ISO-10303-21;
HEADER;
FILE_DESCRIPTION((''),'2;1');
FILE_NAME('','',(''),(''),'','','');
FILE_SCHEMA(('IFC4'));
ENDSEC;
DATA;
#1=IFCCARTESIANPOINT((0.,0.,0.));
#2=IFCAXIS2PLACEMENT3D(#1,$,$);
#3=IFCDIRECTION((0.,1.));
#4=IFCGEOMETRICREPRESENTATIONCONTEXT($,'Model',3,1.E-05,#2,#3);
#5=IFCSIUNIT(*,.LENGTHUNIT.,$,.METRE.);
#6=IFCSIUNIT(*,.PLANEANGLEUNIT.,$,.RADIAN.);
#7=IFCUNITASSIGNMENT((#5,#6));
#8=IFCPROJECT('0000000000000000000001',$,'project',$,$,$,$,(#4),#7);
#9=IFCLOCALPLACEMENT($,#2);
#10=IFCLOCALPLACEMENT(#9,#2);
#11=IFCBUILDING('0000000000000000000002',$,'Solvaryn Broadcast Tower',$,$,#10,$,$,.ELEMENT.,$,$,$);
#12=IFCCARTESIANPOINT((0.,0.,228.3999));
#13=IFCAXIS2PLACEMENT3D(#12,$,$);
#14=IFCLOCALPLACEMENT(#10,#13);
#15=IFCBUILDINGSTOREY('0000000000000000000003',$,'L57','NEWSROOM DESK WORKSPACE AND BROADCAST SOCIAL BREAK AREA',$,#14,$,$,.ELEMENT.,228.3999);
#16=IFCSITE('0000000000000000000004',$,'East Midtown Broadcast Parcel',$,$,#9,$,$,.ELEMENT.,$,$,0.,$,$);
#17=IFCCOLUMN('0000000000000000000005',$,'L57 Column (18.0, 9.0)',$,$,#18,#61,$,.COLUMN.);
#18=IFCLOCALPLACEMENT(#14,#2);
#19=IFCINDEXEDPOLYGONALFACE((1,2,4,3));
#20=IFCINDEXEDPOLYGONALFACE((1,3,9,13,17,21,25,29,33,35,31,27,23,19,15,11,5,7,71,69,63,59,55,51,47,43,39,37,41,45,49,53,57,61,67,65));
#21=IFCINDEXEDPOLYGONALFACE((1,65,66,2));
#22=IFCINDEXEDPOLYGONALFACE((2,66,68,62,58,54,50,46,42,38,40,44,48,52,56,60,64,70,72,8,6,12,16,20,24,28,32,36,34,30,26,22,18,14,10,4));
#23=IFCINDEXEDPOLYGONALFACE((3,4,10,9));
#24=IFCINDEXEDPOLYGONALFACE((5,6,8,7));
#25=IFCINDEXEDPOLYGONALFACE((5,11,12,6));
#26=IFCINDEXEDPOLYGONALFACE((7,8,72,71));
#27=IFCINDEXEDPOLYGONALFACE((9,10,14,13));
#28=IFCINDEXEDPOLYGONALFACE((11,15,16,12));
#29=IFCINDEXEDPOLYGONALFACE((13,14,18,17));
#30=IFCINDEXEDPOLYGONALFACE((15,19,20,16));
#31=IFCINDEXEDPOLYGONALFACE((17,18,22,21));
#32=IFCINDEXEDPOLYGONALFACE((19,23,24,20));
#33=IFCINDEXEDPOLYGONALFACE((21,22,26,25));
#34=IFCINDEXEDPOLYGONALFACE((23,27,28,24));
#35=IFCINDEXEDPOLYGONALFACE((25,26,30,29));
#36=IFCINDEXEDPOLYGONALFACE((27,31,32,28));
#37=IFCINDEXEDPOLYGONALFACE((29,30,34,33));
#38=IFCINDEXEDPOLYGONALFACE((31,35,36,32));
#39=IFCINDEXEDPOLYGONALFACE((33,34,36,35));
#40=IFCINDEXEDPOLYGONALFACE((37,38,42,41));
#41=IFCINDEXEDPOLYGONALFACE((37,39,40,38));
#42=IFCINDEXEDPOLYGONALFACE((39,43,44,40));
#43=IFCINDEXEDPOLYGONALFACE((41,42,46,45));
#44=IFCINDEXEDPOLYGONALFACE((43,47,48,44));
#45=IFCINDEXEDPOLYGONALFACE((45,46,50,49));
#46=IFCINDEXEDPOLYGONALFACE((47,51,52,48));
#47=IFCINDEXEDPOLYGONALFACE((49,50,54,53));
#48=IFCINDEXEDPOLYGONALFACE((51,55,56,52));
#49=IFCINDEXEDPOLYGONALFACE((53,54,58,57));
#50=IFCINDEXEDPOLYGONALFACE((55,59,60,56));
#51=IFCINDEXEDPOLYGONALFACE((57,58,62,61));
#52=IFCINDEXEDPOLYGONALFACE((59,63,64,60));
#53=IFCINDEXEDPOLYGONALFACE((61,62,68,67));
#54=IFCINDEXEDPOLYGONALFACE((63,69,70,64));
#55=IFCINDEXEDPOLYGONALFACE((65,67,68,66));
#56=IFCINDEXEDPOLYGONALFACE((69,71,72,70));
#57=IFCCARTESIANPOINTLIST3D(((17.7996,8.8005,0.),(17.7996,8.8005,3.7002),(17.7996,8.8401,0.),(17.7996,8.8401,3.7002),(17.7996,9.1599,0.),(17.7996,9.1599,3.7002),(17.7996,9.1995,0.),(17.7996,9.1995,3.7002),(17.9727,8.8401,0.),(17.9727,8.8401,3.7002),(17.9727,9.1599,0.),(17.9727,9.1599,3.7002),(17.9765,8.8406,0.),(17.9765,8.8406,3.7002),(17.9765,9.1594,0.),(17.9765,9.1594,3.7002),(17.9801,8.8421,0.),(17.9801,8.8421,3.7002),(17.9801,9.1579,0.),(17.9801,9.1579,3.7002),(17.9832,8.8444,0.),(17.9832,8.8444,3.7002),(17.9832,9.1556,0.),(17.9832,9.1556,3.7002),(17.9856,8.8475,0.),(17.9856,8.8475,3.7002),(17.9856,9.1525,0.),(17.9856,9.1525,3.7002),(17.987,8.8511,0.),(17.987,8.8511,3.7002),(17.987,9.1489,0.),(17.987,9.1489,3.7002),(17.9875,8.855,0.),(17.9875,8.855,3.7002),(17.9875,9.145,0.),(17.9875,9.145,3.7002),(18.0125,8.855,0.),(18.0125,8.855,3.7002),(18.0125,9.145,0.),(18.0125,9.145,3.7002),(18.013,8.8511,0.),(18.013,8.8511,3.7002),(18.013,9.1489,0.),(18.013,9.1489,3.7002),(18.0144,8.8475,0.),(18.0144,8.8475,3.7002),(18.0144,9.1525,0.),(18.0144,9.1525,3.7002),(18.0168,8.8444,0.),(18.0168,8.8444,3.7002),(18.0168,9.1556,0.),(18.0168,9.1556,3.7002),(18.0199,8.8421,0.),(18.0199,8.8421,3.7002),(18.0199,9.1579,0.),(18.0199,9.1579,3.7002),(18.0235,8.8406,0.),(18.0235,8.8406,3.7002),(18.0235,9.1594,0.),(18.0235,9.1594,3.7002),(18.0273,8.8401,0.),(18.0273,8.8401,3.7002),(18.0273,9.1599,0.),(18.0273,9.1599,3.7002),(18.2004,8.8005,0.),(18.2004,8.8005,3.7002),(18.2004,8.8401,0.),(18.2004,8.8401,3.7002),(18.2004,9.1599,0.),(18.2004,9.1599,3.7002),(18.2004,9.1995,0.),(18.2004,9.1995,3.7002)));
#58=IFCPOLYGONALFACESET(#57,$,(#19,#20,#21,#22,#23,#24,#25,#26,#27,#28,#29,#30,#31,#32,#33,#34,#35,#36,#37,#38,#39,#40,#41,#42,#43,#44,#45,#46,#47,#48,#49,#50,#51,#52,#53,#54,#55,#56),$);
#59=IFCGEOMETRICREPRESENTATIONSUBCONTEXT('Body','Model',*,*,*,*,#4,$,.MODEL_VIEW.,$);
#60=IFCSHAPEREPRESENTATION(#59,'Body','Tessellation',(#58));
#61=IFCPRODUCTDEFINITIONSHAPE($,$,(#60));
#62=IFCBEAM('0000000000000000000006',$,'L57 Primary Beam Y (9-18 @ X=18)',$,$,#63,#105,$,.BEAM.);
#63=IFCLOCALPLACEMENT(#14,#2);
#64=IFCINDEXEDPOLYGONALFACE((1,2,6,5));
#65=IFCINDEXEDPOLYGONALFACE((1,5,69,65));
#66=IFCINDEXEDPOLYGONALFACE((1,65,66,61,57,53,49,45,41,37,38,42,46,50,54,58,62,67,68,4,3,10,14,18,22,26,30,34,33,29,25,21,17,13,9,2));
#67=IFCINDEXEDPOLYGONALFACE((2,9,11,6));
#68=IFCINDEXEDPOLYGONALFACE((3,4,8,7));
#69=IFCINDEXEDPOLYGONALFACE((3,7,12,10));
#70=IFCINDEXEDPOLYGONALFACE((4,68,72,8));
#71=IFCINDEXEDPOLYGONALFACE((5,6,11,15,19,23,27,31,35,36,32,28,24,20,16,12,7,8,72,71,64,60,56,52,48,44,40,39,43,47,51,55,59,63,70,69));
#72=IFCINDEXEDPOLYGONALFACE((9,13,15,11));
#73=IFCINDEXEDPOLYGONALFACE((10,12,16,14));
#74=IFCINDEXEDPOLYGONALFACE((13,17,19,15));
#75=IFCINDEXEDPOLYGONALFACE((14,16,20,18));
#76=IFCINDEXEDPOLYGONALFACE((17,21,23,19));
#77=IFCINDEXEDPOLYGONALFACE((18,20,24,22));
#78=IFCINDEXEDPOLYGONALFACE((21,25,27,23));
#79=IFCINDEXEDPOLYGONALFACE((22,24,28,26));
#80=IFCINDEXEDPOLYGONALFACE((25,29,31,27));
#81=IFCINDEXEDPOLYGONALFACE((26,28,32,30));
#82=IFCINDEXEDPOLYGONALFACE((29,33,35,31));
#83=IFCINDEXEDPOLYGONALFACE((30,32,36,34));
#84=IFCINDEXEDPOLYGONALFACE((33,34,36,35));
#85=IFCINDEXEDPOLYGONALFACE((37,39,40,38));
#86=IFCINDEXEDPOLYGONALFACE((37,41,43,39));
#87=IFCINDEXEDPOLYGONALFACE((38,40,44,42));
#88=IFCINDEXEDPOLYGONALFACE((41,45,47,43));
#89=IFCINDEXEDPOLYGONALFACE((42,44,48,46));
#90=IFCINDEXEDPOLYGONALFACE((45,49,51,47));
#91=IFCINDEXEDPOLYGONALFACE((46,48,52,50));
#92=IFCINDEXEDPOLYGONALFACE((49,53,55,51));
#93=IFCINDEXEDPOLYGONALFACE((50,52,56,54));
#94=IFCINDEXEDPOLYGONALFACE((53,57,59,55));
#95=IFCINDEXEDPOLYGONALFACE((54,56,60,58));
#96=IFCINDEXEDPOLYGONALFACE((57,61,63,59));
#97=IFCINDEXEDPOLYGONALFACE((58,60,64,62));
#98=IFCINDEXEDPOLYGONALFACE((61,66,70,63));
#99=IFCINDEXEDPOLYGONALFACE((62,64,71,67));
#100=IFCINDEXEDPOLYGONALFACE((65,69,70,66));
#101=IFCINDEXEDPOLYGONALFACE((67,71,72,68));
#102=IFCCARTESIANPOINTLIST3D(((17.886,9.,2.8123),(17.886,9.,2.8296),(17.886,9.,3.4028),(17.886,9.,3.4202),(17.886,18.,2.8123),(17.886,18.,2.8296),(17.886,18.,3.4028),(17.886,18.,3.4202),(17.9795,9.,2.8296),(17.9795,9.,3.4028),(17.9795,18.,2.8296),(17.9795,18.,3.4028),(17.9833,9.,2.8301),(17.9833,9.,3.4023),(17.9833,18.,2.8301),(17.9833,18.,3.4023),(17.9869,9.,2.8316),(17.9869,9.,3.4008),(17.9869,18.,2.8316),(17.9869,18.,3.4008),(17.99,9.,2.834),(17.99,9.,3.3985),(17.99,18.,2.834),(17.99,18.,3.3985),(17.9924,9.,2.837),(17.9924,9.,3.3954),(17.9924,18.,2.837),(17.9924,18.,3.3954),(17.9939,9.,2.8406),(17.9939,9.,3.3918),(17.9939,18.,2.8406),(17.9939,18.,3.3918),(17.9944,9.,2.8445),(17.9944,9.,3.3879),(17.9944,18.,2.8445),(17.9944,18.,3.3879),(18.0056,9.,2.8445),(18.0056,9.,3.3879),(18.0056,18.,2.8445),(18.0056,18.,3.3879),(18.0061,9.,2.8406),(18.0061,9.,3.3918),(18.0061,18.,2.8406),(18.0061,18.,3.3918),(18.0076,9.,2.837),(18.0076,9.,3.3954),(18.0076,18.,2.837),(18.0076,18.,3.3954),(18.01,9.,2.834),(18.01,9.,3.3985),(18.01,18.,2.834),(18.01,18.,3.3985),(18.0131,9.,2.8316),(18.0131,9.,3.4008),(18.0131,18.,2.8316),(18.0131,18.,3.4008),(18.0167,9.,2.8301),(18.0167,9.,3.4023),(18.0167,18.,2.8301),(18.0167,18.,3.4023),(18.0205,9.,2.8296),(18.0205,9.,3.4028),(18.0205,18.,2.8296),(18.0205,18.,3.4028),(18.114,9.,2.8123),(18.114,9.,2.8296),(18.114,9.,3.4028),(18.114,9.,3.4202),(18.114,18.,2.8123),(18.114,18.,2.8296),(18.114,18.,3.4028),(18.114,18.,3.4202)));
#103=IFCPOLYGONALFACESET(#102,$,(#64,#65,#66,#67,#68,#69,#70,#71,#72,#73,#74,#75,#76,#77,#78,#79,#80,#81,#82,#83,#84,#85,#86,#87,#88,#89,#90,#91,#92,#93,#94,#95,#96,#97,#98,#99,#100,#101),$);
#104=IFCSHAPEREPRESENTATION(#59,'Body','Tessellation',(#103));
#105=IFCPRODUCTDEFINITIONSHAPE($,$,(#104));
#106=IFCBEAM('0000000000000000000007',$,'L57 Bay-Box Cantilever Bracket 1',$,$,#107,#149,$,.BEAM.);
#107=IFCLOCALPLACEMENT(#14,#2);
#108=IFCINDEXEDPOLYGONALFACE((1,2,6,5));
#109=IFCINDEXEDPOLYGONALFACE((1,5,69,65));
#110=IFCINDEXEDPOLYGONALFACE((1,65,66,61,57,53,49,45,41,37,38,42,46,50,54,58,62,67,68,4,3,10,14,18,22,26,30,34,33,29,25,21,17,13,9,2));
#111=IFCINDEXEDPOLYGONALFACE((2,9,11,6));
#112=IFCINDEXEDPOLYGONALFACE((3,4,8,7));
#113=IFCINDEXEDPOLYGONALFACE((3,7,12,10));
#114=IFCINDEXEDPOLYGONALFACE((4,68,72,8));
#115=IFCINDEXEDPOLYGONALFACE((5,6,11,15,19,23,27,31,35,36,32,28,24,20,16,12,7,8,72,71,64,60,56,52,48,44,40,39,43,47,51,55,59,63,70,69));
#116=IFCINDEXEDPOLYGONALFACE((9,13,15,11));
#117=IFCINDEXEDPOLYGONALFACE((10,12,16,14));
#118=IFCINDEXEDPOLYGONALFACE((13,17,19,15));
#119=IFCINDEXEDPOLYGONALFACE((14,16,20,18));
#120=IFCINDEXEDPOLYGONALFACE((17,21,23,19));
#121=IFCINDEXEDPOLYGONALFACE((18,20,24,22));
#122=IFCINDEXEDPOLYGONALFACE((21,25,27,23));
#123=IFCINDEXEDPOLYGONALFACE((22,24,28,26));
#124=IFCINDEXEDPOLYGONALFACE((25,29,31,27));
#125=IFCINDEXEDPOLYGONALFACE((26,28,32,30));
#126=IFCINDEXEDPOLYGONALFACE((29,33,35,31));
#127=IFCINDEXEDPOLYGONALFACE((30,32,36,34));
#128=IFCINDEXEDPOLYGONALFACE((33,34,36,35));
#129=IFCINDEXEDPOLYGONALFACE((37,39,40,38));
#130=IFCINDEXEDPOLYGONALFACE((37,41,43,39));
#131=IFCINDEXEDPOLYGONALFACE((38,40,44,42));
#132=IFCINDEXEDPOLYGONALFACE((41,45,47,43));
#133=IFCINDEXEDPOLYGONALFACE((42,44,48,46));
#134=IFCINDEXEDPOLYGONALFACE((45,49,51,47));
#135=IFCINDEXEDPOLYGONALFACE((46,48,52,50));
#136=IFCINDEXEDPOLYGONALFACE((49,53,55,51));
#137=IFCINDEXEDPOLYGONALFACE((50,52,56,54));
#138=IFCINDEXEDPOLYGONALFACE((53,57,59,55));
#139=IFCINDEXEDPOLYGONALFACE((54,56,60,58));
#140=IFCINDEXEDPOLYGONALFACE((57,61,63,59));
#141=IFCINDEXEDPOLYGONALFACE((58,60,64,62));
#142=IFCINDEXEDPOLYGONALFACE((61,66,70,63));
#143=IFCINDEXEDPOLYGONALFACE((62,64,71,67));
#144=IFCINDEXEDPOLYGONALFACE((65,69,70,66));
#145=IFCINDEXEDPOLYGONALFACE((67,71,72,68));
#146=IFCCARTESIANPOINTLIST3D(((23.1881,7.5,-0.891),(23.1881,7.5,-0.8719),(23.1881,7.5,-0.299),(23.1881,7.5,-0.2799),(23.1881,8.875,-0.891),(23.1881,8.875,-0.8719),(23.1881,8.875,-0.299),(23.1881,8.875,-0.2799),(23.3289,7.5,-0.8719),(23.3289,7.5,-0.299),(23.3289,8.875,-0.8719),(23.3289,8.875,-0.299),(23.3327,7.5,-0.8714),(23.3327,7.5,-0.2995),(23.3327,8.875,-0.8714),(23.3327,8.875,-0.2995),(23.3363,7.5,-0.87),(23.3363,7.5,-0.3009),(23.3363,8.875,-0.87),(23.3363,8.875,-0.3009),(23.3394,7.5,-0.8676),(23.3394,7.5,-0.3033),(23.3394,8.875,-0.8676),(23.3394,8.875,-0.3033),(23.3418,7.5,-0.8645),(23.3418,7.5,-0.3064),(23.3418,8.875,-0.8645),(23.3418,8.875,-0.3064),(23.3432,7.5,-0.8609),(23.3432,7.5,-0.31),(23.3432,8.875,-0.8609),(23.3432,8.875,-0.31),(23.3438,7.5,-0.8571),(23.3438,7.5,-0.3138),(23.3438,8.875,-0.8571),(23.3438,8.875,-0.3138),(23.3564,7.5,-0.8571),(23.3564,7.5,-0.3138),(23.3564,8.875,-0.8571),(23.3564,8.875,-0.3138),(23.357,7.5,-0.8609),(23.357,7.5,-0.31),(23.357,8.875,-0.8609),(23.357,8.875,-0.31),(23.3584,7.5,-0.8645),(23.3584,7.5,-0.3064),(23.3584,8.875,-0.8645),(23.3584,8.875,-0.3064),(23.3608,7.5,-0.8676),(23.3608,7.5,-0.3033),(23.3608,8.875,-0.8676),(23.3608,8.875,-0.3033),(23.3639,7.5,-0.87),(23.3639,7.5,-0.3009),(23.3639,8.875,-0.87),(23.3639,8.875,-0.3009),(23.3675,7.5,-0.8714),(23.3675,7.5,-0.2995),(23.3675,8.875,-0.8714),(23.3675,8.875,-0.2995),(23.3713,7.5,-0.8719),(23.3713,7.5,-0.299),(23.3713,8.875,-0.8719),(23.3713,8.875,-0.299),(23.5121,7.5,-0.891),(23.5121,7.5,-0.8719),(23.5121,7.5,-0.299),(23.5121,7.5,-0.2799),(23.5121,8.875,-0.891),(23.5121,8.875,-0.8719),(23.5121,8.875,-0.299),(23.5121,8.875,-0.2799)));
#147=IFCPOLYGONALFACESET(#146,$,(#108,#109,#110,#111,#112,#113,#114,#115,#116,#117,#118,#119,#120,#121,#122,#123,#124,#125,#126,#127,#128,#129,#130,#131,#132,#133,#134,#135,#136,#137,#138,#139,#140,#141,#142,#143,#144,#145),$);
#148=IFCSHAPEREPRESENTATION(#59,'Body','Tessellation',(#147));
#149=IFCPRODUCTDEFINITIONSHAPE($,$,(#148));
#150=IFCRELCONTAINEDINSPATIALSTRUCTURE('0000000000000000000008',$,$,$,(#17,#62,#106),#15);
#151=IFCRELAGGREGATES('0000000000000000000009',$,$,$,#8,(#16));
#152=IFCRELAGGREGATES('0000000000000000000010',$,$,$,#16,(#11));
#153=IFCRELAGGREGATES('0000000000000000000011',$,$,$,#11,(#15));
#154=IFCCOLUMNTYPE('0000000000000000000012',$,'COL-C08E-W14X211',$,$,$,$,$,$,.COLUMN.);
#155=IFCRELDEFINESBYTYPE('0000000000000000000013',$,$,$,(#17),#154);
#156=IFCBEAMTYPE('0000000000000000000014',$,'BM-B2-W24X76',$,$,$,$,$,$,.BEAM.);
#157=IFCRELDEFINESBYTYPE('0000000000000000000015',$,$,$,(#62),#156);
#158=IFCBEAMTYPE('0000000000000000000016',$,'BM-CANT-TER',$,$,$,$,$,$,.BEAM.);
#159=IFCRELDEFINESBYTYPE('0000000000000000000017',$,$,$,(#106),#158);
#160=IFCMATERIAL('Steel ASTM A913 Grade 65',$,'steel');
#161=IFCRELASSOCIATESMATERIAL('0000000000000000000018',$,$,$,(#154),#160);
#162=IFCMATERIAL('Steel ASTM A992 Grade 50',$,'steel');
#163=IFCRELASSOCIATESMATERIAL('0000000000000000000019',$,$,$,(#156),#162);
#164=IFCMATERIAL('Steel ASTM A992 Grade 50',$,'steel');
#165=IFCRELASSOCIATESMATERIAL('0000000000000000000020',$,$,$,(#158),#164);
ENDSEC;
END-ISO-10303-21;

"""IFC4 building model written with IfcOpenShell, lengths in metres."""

from ifc_helpers import new_model, si_unit, direction, frame, origin, origin_2d, place, context, subcontext, project, spatial, i_section, extrude, material, material_profile, profile_set, type_object, element, save


model = new_model("IFC4")

# Units and contexts
model_context = context("Model", 3, precision=1e-05, world=origin(), true_north=direction((0.0, 1.0)))
body_context = subcontext(model_context, "Body", "Model", "MODEL_VIEW")
ifc_project = project(units=[si_unit("LENGTHUNIT", "METRE"), si_unit("PLANEANGLEUNIT", "RADIAN")], contexts=[model_context])

# Site, building, storey
site_placement = place(None, origin())
site = spatial("IfcSite", under=ifc_project, at=site_placement, Name="East Midtown Broadcast Parcel", CompositionType="ELEMENT", RefElevation=0.0)
building_placement = place(site_placement, origin())
building = spatial("IfcBuilding", under=site, at=building_placement, Name="Solvaryn Broadcast Tower", CompositionType="ELEMENT")
storey_placement = place(building_placement, frame((0.0, 0.0, 228.3999)))
storey = spatial("IfcBuildingStorey", under=building, at=storey_placement, Name="L57", Description="NEWSROOM DESK WORKSPACE AND BROADCAST SOCIAL BREAK AREA", CompositionType="ELEMENT", Elevation=228.3999)

# Column
ifc_material_1 = material(Name="Steel ASTM A913 Grade 65", Category="steel")
ifc_material_profile_1 = material_profile(ifc_material_1, i_section(OverallWidth=0.4009, OverallDepth=0.3989, WebThickness=0.0249, FlangeThickness=0.0396, FilletRadius=0.0149, at=origin_2d()))
ifc_profile_set_1 = profile_set([ifc_material_profile_1], Name="Steel ASTM A913 Grade 65")
column_type = type_object("IfcColumnType", Name="COL-C08E-W14X211", PredefinedType="COLUMN", material=ifc_profile_set_1)
column_placement = place(storey_placement, frame((18.0, 9.0, 0.0), z_axis=(0.0, 0.0, 1.0), x_axis=(1.0, 0.0, 0.0)))
element("IfcColumn", 1, at=column_placement, inside=storey, type_object=column_type, Name="L57 Column (18.0, 9.0)", PredefinedType="COLUMN", context=body_context, shape_type="SweptSolid", body=[
    extrude(i_section(OverallWidth=0.4009, OverallDepth=0.3989, WebThickness=0.0249, FlangeThickness=0.0396, FilletRadius=0.0149, at=origin_2d()), origin(), (0.0, 0.0, 1.0), 3.7002),
])

# Beams
ifc_material_2 = material(Name="Steel ASTM A992 Grade 50", Category="steel")
ifc_material_profile_2 = material_profile(ifc_material_2, i_section(OverallWidth=0.228, OverallDepth=0.6079, WebThickness=0.0112, FlangeThickness=0.0173, FilletRadius=0.0149, at=origin_2d()))
ifc_profile_set_2 = profile_set([ifc_material_profile_2], Name="Steel ASTM A992 Grade 50")
beam_type_1 = type_object("IfcBeamType", Name="BM-B2-W24X76", PredefinedType="BEAM", material=ifc_profile_set_2)
beam_1_placement = place(storey_placement, frame((18.0, 9.0, 3.1162), z_axis=(0.0, 1.0, 0.0), x_axis=(-1.0, 0.0, 0.0)))
element("IfcBeam", 2, at=beam_1_placement, inside=storey, type_object=beam_type_1, Name="L57 Primary Beam Y (9-18 @ X=18)", PredefinedType="BEAM", context=body_context, shape_type="SweptSolid", body=[
    extrude(i_section(OverallWidth=0.228, OverallDepth=0.6079, WebThickness=0.0112, FlangeThickness=0.0173, FilletRadius=0.0149, at=origin_2d()), origin(), (0.0, 0.0, 1.0), 9.0),
])
ifc_material_3 = material(Name="Steel ASTM A992 Grade 50", Category="steel")
ifc_material_profile_3 = material_profile(ifc_material_3, i_section(OverallWidth=0.324, OverallDepth=0.6111, WebThickness=0.0127, FlangeThickness=0.019, FilletRadius=0.0149, at=origin_2d()))
ifc_profile_set_3 = profile_set([ifc_material_profile_3], Name="Steel ASTM A992 Grade 50")
beam_type_2 = type_object("IfcBeamType", Name="BM-CANT-TER", PredefinedType="BEAM", material=ifc_profile_set_3)
beam_2_placement = place(storey_placement, frame((23.3501, 8.875, -0.5854), z_axis=(0.0, -1.0, 0.0), x_axis=(1.0, 0.0, 0.0)))
element("IfcBeam", 3, at=beam_2_placement, inside=storey, type_object=beam_type_2, Name="L57 Bay-Box Cantilever Bracket 1", PredefinedType="BEAM", context=body_context, shape_type="SweptSolid", body=[
    extrude(i_section(OverallWidth=0.324, OverallDepth=0.6111, WebThickness=0.0127, FlangeThickness=0.019, FilletRadius=0.0149, at=origin_2d()), origin(), (0.0, 0.0, 1.0), 1.375),
])

save(model, "model.ifc")
